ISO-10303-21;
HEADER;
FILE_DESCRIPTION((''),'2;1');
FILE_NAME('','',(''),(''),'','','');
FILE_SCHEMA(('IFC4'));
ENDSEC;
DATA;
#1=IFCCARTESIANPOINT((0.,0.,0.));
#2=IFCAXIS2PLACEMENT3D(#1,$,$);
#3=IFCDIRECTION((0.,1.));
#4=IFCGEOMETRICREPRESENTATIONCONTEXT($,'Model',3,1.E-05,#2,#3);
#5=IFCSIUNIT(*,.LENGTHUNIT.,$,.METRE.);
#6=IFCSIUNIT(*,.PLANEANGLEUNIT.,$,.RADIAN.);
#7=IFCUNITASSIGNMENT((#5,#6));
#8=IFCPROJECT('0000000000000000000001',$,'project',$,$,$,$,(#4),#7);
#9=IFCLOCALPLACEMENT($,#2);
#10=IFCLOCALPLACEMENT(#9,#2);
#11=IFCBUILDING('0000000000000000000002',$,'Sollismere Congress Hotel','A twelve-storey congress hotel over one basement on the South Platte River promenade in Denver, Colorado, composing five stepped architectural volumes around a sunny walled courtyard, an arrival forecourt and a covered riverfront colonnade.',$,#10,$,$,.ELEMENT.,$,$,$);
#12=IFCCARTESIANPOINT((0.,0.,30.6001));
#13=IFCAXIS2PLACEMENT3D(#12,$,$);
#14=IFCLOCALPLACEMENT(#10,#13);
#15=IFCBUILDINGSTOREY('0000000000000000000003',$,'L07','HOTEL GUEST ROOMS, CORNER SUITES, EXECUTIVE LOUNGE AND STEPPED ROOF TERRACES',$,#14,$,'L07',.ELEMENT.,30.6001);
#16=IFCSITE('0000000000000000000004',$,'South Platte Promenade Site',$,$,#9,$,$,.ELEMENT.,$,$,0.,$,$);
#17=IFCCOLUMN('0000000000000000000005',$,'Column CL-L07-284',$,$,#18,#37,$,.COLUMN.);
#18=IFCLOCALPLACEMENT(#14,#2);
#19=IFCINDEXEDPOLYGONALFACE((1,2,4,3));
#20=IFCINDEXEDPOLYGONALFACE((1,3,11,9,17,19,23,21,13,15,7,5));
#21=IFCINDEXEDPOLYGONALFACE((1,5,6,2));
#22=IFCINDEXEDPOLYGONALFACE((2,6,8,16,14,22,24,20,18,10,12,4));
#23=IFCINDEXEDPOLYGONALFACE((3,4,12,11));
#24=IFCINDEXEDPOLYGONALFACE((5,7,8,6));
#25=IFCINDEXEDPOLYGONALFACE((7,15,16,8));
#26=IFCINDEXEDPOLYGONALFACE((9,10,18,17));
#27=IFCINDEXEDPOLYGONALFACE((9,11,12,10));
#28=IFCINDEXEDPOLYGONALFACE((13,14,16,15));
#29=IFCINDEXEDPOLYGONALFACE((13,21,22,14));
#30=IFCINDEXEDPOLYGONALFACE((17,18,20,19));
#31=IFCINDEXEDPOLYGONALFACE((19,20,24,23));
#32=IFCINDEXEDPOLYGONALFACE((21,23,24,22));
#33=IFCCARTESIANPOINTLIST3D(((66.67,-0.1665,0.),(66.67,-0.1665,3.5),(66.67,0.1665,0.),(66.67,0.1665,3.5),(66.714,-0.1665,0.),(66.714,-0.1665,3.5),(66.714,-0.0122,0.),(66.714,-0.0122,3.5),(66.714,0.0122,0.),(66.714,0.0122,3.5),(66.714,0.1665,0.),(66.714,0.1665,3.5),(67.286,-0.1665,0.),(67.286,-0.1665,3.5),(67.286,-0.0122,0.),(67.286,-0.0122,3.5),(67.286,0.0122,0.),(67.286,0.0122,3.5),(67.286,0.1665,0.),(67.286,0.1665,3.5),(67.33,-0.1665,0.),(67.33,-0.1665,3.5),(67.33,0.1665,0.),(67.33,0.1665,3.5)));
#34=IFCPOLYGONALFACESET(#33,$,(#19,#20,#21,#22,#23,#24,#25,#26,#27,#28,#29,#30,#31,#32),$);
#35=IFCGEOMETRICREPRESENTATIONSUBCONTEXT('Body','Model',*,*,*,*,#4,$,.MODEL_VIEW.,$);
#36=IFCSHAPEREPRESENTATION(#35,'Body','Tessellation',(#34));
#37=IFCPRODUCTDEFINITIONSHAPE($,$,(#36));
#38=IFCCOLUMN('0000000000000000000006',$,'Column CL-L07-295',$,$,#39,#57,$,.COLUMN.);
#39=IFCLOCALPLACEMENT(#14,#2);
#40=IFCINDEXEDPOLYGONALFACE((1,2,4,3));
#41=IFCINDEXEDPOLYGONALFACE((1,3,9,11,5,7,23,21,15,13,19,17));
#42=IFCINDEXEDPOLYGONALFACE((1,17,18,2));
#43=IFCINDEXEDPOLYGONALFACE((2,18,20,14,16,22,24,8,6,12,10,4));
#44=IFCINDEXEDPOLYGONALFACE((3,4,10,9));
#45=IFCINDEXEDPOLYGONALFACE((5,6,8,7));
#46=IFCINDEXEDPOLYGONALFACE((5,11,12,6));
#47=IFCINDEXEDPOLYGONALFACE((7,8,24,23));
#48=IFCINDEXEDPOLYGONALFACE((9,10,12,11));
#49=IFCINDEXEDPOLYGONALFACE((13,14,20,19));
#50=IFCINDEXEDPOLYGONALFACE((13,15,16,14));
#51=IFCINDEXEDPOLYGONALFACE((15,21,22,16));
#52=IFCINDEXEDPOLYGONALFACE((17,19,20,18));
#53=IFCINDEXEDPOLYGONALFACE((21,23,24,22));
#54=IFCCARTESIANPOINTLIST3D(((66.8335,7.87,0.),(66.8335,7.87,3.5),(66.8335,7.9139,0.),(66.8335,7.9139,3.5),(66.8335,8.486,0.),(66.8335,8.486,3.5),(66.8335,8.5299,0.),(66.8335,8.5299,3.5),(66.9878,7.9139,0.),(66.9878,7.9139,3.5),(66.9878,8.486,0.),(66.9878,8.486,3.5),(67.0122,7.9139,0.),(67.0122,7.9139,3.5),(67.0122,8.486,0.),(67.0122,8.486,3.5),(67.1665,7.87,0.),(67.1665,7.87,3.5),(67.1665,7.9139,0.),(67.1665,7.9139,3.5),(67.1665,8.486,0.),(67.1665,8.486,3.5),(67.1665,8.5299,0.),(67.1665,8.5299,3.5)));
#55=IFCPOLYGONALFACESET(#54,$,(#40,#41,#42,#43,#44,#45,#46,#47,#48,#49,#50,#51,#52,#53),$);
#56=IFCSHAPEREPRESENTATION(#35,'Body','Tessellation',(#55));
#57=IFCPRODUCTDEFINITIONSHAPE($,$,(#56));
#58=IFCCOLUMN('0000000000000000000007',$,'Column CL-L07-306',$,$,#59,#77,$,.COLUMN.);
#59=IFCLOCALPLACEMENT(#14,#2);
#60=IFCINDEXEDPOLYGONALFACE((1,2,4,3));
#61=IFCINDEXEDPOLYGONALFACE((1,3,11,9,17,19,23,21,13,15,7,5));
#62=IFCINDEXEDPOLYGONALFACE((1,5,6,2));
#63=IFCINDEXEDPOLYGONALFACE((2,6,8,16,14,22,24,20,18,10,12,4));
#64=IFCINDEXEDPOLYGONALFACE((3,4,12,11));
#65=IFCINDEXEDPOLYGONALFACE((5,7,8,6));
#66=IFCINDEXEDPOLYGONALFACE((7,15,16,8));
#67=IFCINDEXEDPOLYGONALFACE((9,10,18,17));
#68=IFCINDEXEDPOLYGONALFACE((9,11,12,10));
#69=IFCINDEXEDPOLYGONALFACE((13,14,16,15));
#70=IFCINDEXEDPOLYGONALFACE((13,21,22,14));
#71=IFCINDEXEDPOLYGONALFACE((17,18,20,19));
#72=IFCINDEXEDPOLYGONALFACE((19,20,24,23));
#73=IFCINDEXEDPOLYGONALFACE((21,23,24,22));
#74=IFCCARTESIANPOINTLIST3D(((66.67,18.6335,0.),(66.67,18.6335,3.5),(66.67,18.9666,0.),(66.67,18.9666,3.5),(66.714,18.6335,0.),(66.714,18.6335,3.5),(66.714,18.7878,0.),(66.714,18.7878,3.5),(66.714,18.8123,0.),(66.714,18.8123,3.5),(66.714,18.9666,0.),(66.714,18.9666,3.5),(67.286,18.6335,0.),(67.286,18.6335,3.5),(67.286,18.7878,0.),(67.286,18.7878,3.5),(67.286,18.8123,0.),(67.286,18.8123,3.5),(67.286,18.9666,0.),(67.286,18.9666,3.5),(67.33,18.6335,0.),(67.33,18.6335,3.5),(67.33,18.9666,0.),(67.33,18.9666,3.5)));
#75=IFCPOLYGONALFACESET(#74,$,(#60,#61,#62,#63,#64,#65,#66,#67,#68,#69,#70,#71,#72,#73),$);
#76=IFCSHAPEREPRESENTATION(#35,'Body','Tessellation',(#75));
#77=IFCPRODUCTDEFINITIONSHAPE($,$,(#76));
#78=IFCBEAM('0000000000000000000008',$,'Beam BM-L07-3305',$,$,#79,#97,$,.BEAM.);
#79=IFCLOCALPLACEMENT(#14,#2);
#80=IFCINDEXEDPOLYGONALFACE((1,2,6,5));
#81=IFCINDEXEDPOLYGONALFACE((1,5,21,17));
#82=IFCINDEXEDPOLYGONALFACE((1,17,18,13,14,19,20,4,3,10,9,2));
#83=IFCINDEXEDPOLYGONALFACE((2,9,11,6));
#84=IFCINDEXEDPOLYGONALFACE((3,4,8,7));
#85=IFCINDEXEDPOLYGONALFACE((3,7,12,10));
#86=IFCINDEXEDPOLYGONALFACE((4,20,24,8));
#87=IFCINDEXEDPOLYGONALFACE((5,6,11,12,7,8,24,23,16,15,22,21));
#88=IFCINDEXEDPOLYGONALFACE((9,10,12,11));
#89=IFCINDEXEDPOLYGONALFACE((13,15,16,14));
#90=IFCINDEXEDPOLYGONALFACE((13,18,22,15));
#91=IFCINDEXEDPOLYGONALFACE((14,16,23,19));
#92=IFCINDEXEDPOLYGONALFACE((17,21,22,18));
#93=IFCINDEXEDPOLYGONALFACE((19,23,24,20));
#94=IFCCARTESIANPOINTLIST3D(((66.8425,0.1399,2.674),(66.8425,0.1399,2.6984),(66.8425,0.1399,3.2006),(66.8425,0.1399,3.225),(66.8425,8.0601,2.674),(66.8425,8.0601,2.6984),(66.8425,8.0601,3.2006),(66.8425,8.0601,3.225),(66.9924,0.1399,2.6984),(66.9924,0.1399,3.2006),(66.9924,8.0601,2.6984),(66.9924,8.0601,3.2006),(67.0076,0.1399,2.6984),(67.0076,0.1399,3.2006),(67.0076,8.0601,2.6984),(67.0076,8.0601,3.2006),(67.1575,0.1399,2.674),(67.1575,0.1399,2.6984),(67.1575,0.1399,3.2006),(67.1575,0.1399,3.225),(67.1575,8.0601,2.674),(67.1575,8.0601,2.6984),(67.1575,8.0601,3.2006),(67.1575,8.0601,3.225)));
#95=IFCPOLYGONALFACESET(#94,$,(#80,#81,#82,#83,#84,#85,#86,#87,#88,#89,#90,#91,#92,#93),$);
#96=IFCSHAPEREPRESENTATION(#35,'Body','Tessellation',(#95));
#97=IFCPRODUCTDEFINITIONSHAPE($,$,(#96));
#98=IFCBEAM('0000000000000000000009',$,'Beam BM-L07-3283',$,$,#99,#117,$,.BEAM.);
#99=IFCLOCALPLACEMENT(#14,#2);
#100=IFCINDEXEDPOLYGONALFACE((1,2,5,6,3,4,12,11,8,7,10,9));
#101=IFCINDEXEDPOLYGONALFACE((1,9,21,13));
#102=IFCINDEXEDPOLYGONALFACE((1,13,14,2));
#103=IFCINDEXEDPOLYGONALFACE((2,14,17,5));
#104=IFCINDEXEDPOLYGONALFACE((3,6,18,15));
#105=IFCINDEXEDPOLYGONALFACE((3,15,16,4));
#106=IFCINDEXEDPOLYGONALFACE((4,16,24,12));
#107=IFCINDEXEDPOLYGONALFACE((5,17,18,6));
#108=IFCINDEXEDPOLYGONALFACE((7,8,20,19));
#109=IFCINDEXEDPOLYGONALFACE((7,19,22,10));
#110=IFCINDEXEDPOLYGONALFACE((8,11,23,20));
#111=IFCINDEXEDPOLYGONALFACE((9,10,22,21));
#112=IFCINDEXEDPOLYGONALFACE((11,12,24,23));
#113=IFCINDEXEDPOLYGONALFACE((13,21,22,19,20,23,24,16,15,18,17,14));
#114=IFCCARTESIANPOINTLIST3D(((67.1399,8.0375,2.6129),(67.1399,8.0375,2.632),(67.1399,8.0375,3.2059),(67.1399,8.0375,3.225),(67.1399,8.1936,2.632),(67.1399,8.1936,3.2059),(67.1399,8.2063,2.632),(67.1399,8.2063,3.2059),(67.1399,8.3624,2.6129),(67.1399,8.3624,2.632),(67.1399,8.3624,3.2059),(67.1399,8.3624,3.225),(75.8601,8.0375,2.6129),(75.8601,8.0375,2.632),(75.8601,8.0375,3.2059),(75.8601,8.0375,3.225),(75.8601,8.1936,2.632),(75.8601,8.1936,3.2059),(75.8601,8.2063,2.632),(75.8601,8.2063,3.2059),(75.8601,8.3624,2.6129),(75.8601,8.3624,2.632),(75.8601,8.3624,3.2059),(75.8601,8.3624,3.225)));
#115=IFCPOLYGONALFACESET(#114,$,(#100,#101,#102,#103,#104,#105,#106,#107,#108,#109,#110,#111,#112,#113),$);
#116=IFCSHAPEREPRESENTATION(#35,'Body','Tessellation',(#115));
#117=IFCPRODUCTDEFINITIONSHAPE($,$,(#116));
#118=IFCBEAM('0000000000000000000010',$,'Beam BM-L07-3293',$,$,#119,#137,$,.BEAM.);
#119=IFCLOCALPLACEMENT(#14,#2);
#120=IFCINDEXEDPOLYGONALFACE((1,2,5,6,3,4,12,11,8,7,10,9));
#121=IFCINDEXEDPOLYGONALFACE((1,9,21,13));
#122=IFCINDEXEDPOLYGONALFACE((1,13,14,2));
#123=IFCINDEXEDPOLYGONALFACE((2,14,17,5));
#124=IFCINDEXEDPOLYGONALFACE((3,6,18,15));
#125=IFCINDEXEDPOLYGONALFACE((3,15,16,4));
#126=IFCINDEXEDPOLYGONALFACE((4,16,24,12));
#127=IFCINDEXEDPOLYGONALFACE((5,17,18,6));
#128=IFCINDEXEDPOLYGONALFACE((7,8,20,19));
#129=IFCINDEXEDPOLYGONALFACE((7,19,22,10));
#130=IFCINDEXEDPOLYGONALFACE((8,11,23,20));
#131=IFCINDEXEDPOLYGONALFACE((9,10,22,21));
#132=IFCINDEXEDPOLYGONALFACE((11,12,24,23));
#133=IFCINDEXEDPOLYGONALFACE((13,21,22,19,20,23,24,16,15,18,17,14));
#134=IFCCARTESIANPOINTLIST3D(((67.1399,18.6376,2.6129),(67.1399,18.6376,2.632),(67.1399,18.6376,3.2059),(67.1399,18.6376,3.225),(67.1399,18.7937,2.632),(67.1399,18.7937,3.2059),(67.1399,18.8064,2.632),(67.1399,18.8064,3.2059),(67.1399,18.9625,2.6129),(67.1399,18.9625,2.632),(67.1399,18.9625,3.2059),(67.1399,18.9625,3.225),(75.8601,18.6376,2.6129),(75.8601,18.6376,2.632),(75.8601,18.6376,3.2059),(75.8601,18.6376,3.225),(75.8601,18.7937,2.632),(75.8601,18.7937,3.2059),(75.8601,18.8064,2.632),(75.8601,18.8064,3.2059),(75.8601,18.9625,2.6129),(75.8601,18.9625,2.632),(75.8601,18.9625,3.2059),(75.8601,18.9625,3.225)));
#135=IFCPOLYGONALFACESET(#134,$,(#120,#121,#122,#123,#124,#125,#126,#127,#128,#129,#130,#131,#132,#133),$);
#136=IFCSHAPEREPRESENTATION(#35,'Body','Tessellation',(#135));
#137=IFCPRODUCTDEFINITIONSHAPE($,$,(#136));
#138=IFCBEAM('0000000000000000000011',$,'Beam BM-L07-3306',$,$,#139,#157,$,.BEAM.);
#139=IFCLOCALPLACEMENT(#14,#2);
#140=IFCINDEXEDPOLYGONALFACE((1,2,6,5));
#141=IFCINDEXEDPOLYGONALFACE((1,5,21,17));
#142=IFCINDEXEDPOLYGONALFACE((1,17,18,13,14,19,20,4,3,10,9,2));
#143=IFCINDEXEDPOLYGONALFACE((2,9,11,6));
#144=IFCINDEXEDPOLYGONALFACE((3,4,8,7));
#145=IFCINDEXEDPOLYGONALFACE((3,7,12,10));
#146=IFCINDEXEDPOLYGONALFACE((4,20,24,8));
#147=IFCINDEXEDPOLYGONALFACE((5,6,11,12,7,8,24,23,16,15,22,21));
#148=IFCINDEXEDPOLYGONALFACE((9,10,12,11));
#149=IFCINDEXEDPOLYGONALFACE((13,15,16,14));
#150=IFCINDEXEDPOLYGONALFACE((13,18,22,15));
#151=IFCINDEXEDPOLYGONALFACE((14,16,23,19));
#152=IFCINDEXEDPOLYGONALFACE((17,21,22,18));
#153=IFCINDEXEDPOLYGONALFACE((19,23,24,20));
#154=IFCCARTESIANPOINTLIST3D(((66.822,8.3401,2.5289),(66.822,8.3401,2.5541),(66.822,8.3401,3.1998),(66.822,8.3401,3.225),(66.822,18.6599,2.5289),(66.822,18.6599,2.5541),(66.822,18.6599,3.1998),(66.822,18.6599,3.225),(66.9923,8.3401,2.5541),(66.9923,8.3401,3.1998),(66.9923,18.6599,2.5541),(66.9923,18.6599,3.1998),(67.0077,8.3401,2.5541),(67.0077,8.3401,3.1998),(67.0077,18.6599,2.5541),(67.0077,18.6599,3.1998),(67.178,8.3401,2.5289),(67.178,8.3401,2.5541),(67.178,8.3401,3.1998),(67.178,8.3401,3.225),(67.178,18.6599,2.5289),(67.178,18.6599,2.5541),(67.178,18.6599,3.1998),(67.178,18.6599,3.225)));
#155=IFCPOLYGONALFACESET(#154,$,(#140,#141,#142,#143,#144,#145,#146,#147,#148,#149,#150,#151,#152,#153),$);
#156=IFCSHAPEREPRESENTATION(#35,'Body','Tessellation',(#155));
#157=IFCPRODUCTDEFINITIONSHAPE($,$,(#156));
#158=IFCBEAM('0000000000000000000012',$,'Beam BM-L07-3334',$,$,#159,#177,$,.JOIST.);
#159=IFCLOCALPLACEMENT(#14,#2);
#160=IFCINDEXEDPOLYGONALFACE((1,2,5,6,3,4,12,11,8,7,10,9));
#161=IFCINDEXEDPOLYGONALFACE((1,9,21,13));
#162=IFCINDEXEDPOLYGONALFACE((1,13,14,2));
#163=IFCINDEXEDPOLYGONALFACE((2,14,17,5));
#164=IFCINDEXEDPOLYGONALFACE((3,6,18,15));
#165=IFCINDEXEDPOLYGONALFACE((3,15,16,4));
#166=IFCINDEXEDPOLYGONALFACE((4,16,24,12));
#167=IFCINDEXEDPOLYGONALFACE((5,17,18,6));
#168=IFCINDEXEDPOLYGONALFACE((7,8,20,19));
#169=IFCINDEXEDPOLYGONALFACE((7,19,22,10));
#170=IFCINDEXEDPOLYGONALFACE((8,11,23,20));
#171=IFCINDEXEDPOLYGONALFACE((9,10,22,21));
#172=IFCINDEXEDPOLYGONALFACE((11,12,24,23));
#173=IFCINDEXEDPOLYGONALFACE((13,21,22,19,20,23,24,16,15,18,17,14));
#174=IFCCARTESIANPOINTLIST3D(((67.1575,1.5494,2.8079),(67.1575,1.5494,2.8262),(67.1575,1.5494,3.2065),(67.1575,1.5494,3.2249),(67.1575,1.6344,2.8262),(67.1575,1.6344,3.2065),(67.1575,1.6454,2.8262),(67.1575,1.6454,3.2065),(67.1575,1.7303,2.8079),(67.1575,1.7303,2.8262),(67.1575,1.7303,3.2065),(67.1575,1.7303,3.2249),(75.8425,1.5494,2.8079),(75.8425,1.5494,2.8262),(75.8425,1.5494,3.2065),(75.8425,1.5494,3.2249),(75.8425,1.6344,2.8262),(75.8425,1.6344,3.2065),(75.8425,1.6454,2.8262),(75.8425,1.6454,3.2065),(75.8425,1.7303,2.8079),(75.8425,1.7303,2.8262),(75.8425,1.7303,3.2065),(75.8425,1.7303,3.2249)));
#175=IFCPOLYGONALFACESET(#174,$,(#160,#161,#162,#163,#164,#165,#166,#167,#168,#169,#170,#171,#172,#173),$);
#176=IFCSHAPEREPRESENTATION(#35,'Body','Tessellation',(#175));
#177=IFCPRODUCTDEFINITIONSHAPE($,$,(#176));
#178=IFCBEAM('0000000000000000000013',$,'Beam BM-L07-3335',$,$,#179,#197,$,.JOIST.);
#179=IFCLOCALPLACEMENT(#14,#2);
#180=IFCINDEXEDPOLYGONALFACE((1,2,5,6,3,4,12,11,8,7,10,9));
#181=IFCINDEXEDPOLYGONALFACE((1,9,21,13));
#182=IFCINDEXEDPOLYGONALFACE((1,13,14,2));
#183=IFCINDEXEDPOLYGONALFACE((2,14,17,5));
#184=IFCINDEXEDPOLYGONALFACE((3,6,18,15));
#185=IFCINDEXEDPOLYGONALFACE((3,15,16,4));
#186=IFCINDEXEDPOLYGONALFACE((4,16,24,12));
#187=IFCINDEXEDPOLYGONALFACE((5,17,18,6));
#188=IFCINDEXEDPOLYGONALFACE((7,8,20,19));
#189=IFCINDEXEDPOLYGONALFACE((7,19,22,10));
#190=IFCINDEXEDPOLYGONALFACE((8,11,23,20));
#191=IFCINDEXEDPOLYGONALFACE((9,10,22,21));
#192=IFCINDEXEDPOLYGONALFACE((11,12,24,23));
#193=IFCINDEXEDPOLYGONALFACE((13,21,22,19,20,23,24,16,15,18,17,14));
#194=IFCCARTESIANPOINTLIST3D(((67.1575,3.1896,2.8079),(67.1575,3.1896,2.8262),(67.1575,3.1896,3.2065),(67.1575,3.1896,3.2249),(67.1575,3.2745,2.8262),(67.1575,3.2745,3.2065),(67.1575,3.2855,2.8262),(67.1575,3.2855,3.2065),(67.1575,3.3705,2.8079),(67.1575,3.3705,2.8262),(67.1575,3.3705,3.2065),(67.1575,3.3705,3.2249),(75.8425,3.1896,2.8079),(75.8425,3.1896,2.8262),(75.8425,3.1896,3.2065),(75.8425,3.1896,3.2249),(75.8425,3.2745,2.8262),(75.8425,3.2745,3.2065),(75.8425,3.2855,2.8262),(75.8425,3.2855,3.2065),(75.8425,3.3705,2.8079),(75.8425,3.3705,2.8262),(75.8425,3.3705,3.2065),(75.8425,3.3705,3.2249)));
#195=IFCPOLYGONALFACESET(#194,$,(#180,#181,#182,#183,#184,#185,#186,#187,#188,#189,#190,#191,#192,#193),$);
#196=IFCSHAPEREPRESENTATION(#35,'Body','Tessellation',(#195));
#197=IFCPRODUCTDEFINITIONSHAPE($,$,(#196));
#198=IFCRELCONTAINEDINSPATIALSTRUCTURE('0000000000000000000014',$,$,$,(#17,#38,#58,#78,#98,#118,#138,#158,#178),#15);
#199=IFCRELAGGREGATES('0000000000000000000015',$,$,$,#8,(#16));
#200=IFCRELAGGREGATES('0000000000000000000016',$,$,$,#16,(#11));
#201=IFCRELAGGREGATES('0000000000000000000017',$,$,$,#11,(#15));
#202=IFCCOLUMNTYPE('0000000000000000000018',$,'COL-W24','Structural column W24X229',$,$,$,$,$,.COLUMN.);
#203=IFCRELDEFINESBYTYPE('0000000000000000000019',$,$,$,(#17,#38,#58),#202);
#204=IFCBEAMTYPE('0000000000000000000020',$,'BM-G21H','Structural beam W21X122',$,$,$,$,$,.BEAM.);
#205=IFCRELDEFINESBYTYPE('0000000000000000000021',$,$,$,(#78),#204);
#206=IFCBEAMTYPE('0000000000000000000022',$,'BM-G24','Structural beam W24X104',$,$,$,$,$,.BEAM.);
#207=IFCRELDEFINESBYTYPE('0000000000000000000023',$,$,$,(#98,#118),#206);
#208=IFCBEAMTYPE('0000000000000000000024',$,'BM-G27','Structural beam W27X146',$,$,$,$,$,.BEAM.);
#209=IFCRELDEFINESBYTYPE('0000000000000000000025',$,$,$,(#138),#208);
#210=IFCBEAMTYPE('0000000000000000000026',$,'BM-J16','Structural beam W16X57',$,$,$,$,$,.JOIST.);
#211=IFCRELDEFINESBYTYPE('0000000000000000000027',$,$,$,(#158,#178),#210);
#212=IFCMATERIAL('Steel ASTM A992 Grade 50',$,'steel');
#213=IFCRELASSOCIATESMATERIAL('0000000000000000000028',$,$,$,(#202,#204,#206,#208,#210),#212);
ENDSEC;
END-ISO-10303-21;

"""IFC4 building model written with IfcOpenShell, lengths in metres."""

from ifc_helpers import new_model, si_unit, direction, frame, origin, origin_2d, place, context, subcontext, project, spatial, i_section, extrude, material, material_profile, profile_set, type_object, element, save


model = new_model("IFC4")

# Units and contexts
model_context = context("Model", 3, precision=1e-05, world=origin(), true_north=direction((0.0, 1.0)))
body_context = subcontext(model_context, "Body", "Model", "MODEL_VIEW")
ifc_project = project(units=[si_unit("LENGTHUNIT", "METRE"), si_unit("PLANEANGLEUNIT", "RADIAN")], contexts=[model_context])

# Site, building, storey
site_placement = place(None, origin())
site = spatial("IfcSite", under=ifc_project, at=site_placement, Name="South Platte Promenade Site", CompositionType="ELEMENT", RefElevation=0.0)
building_placement = place(site_placement, origin())
building = spatial("IfcBuilding", under=site, at=building_placement, Name="Sollismere Congress Hotel", Description="A twelve-storey congress hotel over one basement on the South Platte River promenade in Denver, Colorado, composing five stepped architectural volumes around a sunny walled courtyard, an arrival forecourt and a covered riverfront colonnade.", CompositionType="ELEMENT")
storey_placement = place(building_placement, frame((0.0, 0.0, 30.6001)))
storey = spatial("IfcBuildingStorey", under=building, at=storey_placement, Name="L07", Description="HOTEL GUEST ROOMS, CORNER SUITES, EXECUTIVE LOUNGE AND STEPPED ROOF TERRACES", LongName="L07", CompositionType="ELEMENT", Elevation=30.6001)

# Columns
ifc_material_1 = material(Name="Steel ASTM A992 Grade 50", Category="steel")
ifc_material_profile_1 = material_profile(ifc_material_1, i_section(OverallWidth=0.333, OverallDepth=0.6599, WebThickness=0.0244, FlangeThickness=0.0439, at=origin_2d()), Name="W24X229")
ifc_profile_set_1 = profile_set([ifc_material_profile_1], Name="Steel ASTM A992 Grade 50")
column_type = type_object("IfcColumnType", Name="COL-W24", Description="Structural column W24X229", PredefinedType="COLUMN", material=ifc_profile_set_1)
for number, where, z_axis, x_axis, name in (
    (1, (67.0, 0.0, 0.0), (0.0, 0.0, 1.0), (0.0, 1.0, 0.0), "Column CL-L07-284"),
    (2, (67.0, 8.2, 0.0), (0.0, 0.0, 1.0), (1.0, 0.0, 0.0), "Column CL-L07-295"),
    (3, (67.0, 18.8, 0.0), (0.0, 0.0, 1.0), (0.0, 1.0, 0.0), "Column CL-L07-306"),
):
    element("IfcColumn", number, at=place(storey_placement, frame(where, z_axis=z_axis, x_axis=x_axis)), inside=storey, type_object=column_type, Name=name, PredefinedType="COLUMN", context=body_context, shape_type="SweptSolid", body=[
        extrude(i_section(OverallWidth=0.333, OverallDepth=0.6599, WebThickness=0.0244, FlangeThickness=0.0439, at=origin_2d()), origin(), (0.0, 0.0, 1.0), 3.5),
    ])

# Beams
ifc_material_profile_2 = material_profile(ifc_material_1, i_section(OverallWidth=0.3149, OverallDepth=0.551, WebThickness=0.0151, FlangeThickness=0.0244, at=origin_2d()), Name="W21X122")
ifc_profile_set_2 = profile_set([ifc_material_profile_2], Name="Steel ASTM A992 Grade 50")
beam_type_1 = type_object("IfcBeamType", Name="BM-G21H", Description="Structural beam W21X122", PredefinedType="BEAM", material=ifc_profile_set_2)
beam_1_placement = place(storey_placement, frame((67.0, 0.1399, 2.9495), z_axis=(0.0, 1.0, 0.0), x_axis=(-1.0, 0.0, 0.0)))
element("IfcBeam", 4, at=beam_1_placement, inside=storey, type_object=beam_type_1, Name="Beam BM-L07-3305", PredefinedType="BEAM", context=body_context, shape_type="SweptSolid", body=[
    extrude(i_section(OverallWidth=0.3149, OverallDepth=0.551, WebThickness=0.0151, FlangeThickness=0.0244, at=origin_2d()), origin(), (0.0, 0.0, 1.0), 7.9202),
])
ifc_material_profile_3 = material_profile(ifc_material_1, i_section(OverallWidth=0.325, OverallDepth=0.6121, WebThickness=0.0127, FlangeThickness=0.019, at=origin_2d()), Name="W24X104")
ifc_profile_set_3 = profile_set([ifc_material_profile_3], Name="Steel ASTM A992 Grade 50")
beam_type_2 = type_object("IfcBeamType", Name="BM-G24", Description="Structural beam W24X104", PredefinedType="BEAM", material=ifc_profile_set_3)
for number, where, z_axis, x_axis, name in (
    (5, (67.1399, 8.2, 2.9189), (1.0, 0.0, 0.0), (0.0, 1.0, 0.0), "Beam BM-L07-3283"),
    (6, (67.1399, 18.8, 2.9189), (1.0, 0.0, 0.0), (0.0, 1.0, 0.0), "Beam BM-L07-3293"),
):
    element("IfcBeam", number, at=place(storey_placement, frame(where, z_axis=z_axis, x_axis=x_axis)), inside=storey, type_object=beam_type_2, Name=name, PredefinedType="BEAM", context=body_context, shape_type="SweptSolid", body=[
        extrude(i_section(OverallWidth=0.325, OverallDepth=0.6121, WebThickness=0.0127, FlangeThickness=0.019, at=origin_2d()), origin(), (0.0, 0.0, 1.0), 8.7202),
    ])
ifc_material_profile_4 = material_profile(ifc_material_1, i_section(OverallWidth=0.356, OverallDepth=0.696, WebThickness=0.0154, FlangeThickness=0.0251, at=origin_2d()), Name="W27X146")
ifc_profile_set_4 = profile_set([ifc_material_profile_4], Name="Steel ASTM A992 Grade 50")
beam_type_3 = type_object("IfcBeamType", Name="BM-G27", Description="Structural beam W27X146", PredefinedType="BEAM", material=ifc_profile_set_4)
beam_2_placement = place(storey_placement, frame((67.0, 8.3401, 2.877), z_axis=(0.0, 1.0, 0.0), x_axis=(-1.0, 0.0, 0.0)))
element("IfcBeam", 7, at=beam_2_placement, inside=storey, type_object=beam_type_3, Name="Beam BM-L07-3306", PredefinedType="BEAM", context=body_context, shape_type="SweptSolid", body=[
    extrude(i_section(OverallWidth=0.356, OverallDepth=0.696, WebThickness=0.0154, FlangeThickness=0.0251, at=origin_2d()), origin(), (0.0, 0.0, 1.0), 10.3198),
])
ifc_material_profile_5 = material_profile(ifc_material_1, i_section(OverallWidth=0.1809, OverallDepth=0.417, WebThickness=0.011, FlangeThickness=0.0183, at=origin_2d()), Name="W16X57")
ifc_profile_set_5 = profile_set([ifc_material_profile_5], Name="Steel ASTM A992 Grade 50")
beam_type_4 = type_object("IfcBeamType", Name="BM-J16", Description="Structural beam W16X57", PredefinedType="JOIST", material=ifc_profile_set_5)
for number, where, z_axis, x_axis, name in (
    (8, (67.1575, 1.6399, 3.0164), (1.0, 0.0, 0.0), (0.0, 1.0, 0.0), "Beam BM-L07-3334"),
    (9, (67.1575, 3.28, 3.0164), (1.0, 0.0, 0.0), (0.0, 1.0, 0.0), "Beam BM-L07-3335"),
):
    element("IfcBeam", number, at=place(storey_placement, frame(where, z_axis=z_axis, x_axis=x_axis)), inside=storey, type_object=beam_type_4, Name=name, PredefinedType="JOIST", context=body_context, shape_type="SweptSolid", body=[
        extrude(i_section(OverallWidth=0.1809, OverallDepth=0.417, WebThickness=0.011, FlangeThickness=0.0183, at=origin_2d()), origin(), (0.0, 0.0, 1.0), 8.6851),
    ])

save(model, "model.ifc")
